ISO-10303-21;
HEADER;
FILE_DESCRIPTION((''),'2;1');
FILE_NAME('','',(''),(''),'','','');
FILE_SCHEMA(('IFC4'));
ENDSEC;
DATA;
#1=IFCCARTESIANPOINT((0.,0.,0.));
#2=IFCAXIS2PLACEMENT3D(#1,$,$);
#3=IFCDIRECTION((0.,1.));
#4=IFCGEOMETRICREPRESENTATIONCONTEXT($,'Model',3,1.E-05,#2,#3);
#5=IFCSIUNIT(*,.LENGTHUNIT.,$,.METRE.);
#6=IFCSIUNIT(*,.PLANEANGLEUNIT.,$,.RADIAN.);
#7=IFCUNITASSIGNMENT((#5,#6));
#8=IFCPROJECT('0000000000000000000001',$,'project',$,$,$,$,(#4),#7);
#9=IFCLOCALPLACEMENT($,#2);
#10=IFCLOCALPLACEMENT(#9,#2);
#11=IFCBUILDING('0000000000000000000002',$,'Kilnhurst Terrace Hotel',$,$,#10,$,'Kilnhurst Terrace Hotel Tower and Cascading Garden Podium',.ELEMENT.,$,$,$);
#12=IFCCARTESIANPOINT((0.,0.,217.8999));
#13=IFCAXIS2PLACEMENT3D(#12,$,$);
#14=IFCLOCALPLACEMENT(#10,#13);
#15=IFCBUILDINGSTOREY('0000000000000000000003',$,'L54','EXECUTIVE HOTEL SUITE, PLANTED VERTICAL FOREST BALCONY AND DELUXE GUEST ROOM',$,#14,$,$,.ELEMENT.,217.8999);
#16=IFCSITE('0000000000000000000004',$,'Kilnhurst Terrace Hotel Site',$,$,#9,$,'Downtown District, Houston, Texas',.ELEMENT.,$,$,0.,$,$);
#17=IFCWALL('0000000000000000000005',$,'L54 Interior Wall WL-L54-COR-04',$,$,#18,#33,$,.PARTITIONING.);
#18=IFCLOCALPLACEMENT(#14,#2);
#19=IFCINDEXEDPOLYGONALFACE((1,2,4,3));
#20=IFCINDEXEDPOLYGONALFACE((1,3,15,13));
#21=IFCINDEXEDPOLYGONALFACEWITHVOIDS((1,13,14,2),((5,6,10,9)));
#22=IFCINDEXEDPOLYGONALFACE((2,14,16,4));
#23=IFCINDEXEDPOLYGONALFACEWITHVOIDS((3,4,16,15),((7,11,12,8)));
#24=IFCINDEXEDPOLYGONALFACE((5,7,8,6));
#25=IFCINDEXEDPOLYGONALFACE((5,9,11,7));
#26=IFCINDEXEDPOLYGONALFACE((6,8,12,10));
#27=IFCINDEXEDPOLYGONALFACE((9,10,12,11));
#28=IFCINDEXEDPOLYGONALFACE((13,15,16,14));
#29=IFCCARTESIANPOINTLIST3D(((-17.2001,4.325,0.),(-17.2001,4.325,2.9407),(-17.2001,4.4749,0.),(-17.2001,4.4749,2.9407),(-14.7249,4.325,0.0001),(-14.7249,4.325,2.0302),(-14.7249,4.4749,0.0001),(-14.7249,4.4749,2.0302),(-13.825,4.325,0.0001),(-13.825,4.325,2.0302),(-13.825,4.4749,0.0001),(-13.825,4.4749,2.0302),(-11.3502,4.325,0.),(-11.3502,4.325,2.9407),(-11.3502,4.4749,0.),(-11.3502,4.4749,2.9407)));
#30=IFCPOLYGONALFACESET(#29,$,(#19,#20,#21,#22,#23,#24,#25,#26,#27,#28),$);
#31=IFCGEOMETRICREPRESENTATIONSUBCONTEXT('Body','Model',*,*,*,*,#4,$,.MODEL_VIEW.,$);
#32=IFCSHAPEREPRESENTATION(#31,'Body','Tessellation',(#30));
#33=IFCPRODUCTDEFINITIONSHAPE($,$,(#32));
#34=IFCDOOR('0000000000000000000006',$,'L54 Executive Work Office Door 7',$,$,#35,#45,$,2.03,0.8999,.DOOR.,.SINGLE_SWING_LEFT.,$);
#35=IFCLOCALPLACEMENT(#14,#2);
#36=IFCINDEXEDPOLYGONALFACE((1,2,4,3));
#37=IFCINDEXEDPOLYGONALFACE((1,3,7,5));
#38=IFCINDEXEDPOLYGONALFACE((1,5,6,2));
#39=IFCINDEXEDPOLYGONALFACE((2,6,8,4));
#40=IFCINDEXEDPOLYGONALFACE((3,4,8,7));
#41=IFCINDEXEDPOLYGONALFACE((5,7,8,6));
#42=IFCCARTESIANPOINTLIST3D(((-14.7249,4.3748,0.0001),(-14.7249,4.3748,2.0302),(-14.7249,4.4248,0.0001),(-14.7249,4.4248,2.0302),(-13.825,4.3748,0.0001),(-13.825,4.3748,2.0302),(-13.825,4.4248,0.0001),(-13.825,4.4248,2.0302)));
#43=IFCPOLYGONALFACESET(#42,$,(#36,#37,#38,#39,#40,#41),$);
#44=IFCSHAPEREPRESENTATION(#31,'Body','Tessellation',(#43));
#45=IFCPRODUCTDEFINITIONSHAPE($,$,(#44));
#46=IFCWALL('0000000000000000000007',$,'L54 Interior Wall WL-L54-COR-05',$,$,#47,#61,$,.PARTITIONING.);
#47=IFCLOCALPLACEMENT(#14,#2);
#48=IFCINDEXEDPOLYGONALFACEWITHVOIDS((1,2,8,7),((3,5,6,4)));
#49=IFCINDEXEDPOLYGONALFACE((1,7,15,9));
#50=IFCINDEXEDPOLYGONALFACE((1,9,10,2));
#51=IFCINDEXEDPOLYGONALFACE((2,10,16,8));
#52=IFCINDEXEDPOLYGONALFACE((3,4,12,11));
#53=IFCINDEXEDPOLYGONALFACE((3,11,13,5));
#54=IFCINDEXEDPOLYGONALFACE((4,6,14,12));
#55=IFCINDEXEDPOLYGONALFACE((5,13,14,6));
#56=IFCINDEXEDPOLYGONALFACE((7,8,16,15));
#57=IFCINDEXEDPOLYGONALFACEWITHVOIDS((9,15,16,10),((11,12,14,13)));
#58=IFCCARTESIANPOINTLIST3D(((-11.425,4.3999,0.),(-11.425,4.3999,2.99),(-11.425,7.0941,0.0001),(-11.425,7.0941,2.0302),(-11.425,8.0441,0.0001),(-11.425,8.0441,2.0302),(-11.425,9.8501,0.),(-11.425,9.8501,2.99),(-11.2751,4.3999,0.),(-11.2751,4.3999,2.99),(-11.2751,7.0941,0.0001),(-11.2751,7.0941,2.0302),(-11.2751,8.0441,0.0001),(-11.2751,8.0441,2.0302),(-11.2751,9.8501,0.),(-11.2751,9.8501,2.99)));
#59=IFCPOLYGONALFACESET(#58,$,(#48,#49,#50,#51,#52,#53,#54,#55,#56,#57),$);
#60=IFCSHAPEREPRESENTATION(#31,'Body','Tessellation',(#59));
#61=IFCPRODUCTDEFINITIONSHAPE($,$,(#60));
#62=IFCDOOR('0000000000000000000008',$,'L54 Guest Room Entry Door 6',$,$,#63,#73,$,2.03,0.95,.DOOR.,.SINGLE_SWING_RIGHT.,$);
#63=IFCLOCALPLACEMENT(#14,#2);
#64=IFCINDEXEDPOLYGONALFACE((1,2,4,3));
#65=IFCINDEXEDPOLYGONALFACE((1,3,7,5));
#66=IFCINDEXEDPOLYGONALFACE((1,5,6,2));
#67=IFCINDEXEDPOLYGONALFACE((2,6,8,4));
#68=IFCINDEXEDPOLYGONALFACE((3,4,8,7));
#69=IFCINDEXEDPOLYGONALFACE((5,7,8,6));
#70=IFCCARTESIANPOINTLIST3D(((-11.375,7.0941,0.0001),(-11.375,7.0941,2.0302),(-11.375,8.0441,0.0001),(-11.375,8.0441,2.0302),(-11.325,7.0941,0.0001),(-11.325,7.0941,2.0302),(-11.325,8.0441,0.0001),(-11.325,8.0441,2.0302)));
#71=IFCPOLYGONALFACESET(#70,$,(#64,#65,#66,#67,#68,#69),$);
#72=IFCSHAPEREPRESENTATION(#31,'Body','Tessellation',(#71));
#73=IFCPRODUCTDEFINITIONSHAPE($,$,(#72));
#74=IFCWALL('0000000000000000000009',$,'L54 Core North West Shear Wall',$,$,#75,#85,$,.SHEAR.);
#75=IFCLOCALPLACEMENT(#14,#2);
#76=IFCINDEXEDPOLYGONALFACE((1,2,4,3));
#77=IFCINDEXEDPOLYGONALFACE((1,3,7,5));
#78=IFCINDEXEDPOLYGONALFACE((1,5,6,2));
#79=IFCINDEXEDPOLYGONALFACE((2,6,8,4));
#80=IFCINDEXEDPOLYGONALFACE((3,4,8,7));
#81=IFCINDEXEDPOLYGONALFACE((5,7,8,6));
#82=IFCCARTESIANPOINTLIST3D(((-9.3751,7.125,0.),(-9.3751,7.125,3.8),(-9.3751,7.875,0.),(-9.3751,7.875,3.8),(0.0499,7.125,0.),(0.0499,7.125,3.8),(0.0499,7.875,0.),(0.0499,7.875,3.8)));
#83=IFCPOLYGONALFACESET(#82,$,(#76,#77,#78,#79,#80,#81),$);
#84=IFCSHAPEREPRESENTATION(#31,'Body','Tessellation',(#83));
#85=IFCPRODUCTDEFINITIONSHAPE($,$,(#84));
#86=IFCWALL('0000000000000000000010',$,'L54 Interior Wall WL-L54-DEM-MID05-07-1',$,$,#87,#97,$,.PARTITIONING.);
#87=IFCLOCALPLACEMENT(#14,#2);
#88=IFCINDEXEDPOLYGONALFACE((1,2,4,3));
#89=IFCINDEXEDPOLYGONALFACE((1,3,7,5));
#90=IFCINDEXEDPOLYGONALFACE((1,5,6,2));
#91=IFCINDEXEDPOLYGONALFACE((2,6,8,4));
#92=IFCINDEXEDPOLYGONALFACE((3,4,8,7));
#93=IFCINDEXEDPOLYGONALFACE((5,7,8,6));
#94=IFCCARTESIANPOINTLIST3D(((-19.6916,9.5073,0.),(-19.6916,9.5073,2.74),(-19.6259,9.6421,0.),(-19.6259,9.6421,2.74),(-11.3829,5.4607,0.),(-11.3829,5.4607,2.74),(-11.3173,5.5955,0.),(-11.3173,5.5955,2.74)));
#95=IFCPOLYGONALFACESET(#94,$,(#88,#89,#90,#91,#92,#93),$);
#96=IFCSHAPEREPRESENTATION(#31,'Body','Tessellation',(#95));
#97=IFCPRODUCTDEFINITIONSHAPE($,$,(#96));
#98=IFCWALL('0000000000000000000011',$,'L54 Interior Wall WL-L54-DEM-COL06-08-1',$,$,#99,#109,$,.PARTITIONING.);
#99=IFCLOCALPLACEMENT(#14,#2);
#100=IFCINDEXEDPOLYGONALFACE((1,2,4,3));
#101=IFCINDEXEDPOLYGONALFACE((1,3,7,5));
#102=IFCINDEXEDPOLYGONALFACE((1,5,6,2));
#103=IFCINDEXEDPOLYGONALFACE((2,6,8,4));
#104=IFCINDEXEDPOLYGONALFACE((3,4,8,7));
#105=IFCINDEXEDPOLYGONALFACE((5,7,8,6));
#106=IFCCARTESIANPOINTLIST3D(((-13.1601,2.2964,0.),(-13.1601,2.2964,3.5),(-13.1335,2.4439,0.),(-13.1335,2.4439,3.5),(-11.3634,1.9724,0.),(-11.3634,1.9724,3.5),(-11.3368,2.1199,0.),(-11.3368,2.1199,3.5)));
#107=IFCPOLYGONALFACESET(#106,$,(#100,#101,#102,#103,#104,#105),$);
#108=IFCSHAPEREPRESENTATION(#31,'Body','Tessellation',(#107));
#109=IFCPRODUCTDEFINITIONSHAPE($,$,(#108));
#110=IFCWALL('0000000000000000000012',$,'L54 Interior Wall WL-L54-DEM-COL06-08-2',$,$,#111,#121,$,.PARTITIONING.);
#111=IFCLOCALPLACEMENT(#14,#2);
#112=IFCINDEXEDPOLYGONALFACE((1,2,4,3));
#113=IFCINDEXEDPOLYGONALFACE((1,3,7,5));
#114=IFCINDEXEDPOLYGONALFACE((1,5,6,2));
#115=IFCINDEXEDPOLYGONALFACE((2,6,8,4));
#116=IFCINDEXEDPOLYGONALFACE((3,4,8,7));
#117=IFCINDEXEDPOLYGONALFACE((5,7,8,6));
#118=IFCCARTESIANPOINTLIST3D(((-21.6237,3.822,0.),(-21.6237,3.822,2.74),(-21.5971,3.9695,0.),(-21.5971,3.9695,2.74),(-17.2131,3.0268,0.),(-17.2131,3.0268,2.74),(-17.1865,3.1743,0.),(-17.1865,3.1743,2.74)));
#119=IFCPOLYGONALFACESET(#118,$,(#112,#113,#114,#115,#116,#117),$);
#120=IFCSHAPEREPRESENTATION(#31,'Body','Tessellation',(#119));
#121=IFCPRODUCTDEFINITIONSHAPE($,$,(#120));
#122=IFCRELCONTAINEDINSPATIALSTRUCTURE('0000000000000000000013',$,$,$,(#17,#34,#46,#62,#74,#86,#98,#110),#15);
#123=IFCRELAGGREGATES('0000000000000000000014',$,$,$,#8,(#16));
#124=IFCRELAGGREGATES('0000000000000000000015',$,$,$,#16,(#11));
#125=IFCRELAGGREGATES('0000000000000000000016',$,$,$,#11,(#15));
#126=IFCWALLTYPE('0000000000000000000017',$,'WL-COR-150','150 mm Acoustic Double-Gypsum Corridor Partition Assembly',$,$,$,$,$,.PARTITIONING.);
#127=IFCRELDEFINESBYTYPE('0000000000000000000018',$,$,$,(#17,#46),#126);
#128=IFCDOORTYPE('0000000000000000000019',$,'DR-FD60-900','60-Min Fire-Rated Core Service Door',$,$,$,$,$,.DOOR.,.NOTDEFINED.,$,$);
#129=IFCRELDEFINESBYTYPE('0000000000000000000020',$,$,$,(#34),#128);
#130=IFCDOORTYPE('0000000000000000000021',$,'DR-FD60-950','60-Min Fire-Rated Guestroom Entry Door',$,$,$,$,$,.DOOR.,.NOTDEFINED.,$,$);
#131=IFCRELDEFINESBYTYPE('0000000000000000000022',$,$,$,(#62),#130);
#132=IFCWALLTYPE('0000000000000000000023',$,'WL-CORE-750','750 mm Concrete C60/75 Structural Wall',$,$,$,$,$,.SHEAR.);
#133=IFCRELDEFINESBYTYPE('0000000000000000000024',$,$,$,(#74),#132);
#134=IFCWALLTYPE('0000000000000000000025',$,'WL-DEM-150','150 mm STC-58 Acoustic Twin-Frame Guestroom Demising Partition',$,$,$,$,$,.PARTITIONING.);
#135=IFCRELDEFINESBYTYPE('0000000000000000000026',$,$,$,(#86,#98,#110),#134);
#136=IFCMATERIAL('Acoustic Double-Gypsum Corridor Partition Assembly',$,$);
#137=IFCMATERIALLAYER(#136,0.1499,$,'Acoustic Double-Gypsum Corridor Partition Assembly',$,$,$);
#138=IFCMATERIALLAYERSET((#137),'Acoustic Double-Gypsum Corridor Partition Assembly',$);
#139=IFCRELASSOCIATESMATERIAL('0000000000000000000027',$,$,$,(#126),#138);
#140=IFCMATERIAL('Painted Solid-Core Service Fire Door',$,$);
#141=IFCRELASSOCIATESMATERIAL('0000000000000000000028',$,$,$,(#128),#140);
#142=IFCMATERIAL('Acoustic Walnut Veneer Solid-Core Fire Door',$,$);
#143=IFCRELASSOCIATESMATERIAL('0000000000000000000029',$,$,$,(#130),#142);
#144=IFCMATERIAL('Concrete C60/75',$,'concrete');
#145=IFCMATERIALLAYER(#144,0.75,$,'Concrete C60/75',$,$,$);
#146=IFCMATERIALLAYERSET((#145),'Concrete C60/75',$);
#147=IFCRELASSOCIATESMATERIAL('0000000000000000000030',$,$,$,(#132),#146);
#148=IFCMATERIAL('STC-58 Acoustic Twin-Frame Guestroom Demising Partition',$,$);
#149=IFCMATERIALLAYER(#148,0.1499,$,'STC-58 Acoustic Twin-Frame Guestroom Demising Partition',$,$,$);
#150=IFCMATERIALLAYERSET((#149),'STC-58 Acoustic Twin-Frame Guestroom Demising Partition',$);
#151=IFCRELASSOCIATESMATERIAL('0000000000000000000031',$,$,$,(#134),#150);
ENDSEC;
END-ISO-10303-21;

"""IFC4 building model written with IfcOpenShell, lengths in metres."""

from ifc_helpers import new_model, si_unit, direction, frame, frame_2d, origin, place, context, subcontext, project, spatial, rectangle, extrude, material, layer, layer_set, type_object, element, fill, save


model = new_model("IFC4")

# Units and contexts
model_context = context("Model", 3, precision=1e-05, world=origin(), true_north=direction((0.0, 1.0)))
body_context = subcontext(model_context, "Body", "Model", "MODEL_VIEW")
ifc_project = project(units=[si_unit("LENGTHUNIT", "METRE"), si_unit("PLANEANGLEUNIT", "RADIAN")], contexts=[model_context])

# Site, building, storey
site_placement = place(None, origin())
site = spatial("IfcSite", under=ifc_project, at=site_placement, Name="Kilnhurst Terrace Hotel Site", LongName="Downtown District, Houston, Texas", CompositionType="ELEMENT", RefElevation=0.0)
building_placement = place(site_placement, origin())
building = spatial("IfcBuilding", under=site, at=building_placement, Name="Kilnhurst Terrace Hotel", LongName="Kilnhurst Terrace Hotel Tower and Cascading Garden Podium", CompositionType="ELEMENT")
storey_placement = place(building_placement, frame((0.0, 0.0, 217.8999)))
storey = spatial("IfcBuildingStorey", under=building, at=storey_placement, Name="L54", Description="EXECUTIVE HOTEL SUITE, PLANTED VERTICAL FOREST BALCONY AND DELUXE GUEST ROOM", CompositionType="ELEMENT", Elevation=217.8999)

# Shared definitions
ifc_material_1 = material(Name="Concrete C60/75", Category="concrete")

# Shared definitions
ifc_material_2 = material(Name="Acoustic Double-Gypsum Corridor Partition Assembly")
ifc_layer_1 = layer(ifc_material_2, 0.1499, Name="Acoustic Double-Gypsum Corridor Partition Assembly")
ifc_layer_set_1 = layer_set([ifc_layer_1], Name="Acoustic Double-Gypsum Corridor Partition Assembly")
wall_type_1 = type_object("IfcWallType", Name="WL-COR-150", Description="150 mm Acoustic Double-Gypsum Corridor Partition Assembly", PredefinedType="PARTITIONING", material=ifc_layer_set_1)

# Walls, openings, doors
wall_1_placement = place(storey_placement, frame((-17.2, 4.3999, 0.0), z_axis=(0.0, 0.0, 1.0), x_axis=(1.0, 0.0, 0.0)))
wall_1 = element("IfcWall", 1, at=wall_1_placement, inside=storey, type_object=wall_type_1, Name="L54 Interior Wall WL-L54-COR-04", PredefinedType="PARTITIONING", context=body_context, shape_type="SweptSolid", body=[
    extrude(rectangle(XDim=5.8499, YDim=0.1499, at=frame_2d((2.9248, 0.0))), origin(), (0.0, 0.0, 1.0), 2.9407),
])
opening_1_placement = place(wall_1_placement, frame((2.4751, 0.0, 0.0)))
opening_1 = element("IfcOpeningElement", 2, at=opening_1_placement, cuts=wall_1, PredefinedType="OPENING", context=body_context, shape_type="SweptSolid", body=[
    extrude(rectangle(XDim=0.8999, YDim=2.03, at=frame_2d((0.45, 1.0151))), frame((0.0, 0.085, 0.0), z_axis=(0.0, -1.0, 0.0), x_axis=(1.0, 0.0, 0.0)), (0.0, 0.0, 1.0), 0.1699),
])
ifc_material_3 = material(Name="Painted Solid-Core Service Fire Door")
door_type_1 = type_object("IfcDoorType", Name="DR-FD60-900", Description="60-Min Fire-Rated Core Service Door", OperationType="NOTDEFINED", PredefinedType="DOOR", material=ifc_material_3)
door_1_placement = place(opening_1_placement, origin())
door_1 = element("IfcDoor", 3, at=door_1_placement, inside=storey, type_object=door_type_1, Name="L54 Executive Work Office Door 7", OperationType="SINGLE_SWING_LEFT", OverallHeight=2.03, OverallWidth=0.8999, PredefinedType="DOOR", context=body_context, shape_type="SweptSolid", body=[
    extrude(rectangle(XDim=0.8999, YDim=2.03, at=frame_2d((0.45, 1.0151))), frame((0.0, 0.0249, 0.0), z_axis=(0.0, -1.0, 0.0), x_axis=(1.0, 0.0, 0.0)), (0.0, 0.0, 1.0), 0.05),
])
fill(opening_1, door_1)
wall_2_placement = place(storey_placement, frame((-11.3501, 4.3999, 0.0), z_axis=(0.0, 0.0, 1.0), x_axis=(0.0, 1.0, 0.0)))
wall_2 = element("IfcWall", 4, at=wall_2_placement, inside=storey, type_object=wall_type_1, Name="L54 Interior Wall WL-L54-COR-05", PredefinedType="PARTITIONING", context=body_context, shape_type="SweptSolid", body=[
    extrude(rectangle(XDim=5.4502, YDim=0.1499, at=frame_2d((2.7251, 0.0))), origin(), (0.0, 0.0, 1.0), 2.99),
])
opening_2_placement = place(wall_2_placement, frame((2.6941, 0.0, 0.0)))
opening_2 = element("IfcOpeningElement", 5, at=opening_2_placement, cuts=wall_2, PredefinedType="OPENING", context=body_context, shape_type="SweptSolid", body=[
    extrude(rectangle(XDim=0.95, YDim=2.03, at=frame_2d((0.4751, 1.0151))), frame((0.0, 0.085, 0.0), z_axis=(0.0, -1.0, 0.0), x_axis=(1.0, 0.0, 0.0)), (0.0, 0.0, 1.0), 0.1699),
])
ifc_material_4 = material(Name="Acoustic Walnut Veneer Solid-Core Fire Door")
door_type_2 = type_object("IfcDoorType", Name="DR-FD60-950", Description="60-Min Fire-Rated Guestroom Entry Door", OperationType="NOTDEFINED", PredefinedType="DOOR", material=ifc_material_4)
door_2_placement = place(opening_2_placement, origin())
door_2 = element("IfcDoor", 6, at=door_2_placement, inside=storey, type_object=door_type_2, Name="L54 Guest Room Entry Door 6", OperationType="SINGLE_SWING_RIGHT", OverallHeight=2.03, OverallWidth=0.95, PredefinedType="DOOR", context=body_context, shape_type="SweptSolid", body=[
    extrude(rectangle(XDim=0.95, YDim=2.03, at=frame_2d((0.4751, 1.0151))), frame((0.0, 0.0249, 0.0), z_axis=(0.0, -1.0, 0.0), x_axis=(1.0, 0.0, 0.0)), (0.0, 0.0, 1.0), 0.05),
])
fill(opening_2, door_2)

# Walls
ifc_layer_2 = layer(ifc_material_1, 0.75, Name="Concrete C60/75")
ifc_layer_set_2 = layer_set([ifc_layer_2], Name="Concrete C60/75")
wall_type_2 = type_object("IfcWallType", Name="WL-CORE-750", Description="750 mm Concrete C60/75 Structural Wall", PredefinedType="SHEAR", material=ifc_layer_set_2)
wall_3_placement = place(storey_placement, frame((-9.375, 7.5, 0.0), z_axis=(0.0, 0.0, 1.0), x_axis=(1.0, 0.0, 0.0)))
element("IfcWall", 7, at=wall_3_placement, inside=storey, type_object=wall_type_2, Name="L54 Core North West Shear Wall", PredefinedType="SHEAR", context=body_context, shape_type="SweptSolid", body=[
    extrude(rectangle(XDim=9.425, YDim=0.75, at=frame_2d((4.7124, 0.0))), origin(), (0.0, 0.0, 1.0), 3.8),
])
ifc_material_5 = material(Name="STC-58 Acoustic Twin-Frame Guestroom Demising Partition")
ifc_layer_3 = layer(ifc_material_5, 0.1499, Name="STC-58 Acoustic Twin-Frame Guestroom Demising Partition")
ifc_layer_set_3 = layer_set([ifc_layer_3], Name="STC-58 Acoustic Twin-Frame Guestroom Demising Partition")
wall_type_3 = type_object("IfcWallType", Name="WL-DEM-150", Description="150 mm STC-58 Acoustic Twin-Frame Guestroom Demising Partition", PredefinedType="PARTITIONING", material=ifc_layer_set_3)
wall_4_placement = place(storey_placement, frame((-11.3501, 5.5281, 0.0), z_axis=(0.0, 0.0, 1.0), x_axis=(-0.899039, 0.437869, 0.0)))
element("IfcWall", 8, at=wall_4_placement, inside=storey, type_object=wall_type_3, Name="L54 Interior Wall WL-L54-DEM-MID05-07-1", PredefinedType="PARTITIONING", context=body_context, shape_type="SweptSolid", body=[
    extrude(rectangle(XDim=9.2417, YDim=0.1499, at=frame_2d((4.6208, 0.0))), origin(), (0.0, 0.0, 1.0), 2.74),
])
wall_5_placement = place(storey_placement, frame((-11.3501, 2.0461, 0.0), z_axis=(0.0, 0.0, 1.0), x_axis=(-0.984128, 0.177461, 0.0)))
element("IfcWall", 9, at=wall_5_placement, inside=storey, type_object=wall_type_3, Name="L54 Interior Wall WL-L54-DEM-COL06-08-1", PredefinedType="PARTITIONING", context=body_context, shape_type="SweptSolid", body=[
    extrude(rectangle(XDim=1.8257, YDim=0.1499, at=frame_2d((0.9128, 0.0))), origin(), (0.0, 0.0, 1.0), 3.5),
])
wall_6_placement = place(storey_placement, frame((-17.2, 3.1006, 0.0), z_axis=(0.0, 0.0, 1.0), x_axis=(-0.984135, 0.177423, 0.0)))
element("IfcWall", 10, at=wall_6_placement, inside=storey, type_object=wall_type_3, Name="L54 Interior Wall WL-L54-DEM-COL06-08-2", PredefinedType="PARTITIONING", context=body_context, shape_type="SweptSolid", body=[
    extrude(rectangle(XDim=4.4817, YDim=0.1499, at=frame_2d((2.2407, 0.0))), origin(), (0.0, 0.0, 1.0), 2.74),
])

save(model, "model.ifc")
